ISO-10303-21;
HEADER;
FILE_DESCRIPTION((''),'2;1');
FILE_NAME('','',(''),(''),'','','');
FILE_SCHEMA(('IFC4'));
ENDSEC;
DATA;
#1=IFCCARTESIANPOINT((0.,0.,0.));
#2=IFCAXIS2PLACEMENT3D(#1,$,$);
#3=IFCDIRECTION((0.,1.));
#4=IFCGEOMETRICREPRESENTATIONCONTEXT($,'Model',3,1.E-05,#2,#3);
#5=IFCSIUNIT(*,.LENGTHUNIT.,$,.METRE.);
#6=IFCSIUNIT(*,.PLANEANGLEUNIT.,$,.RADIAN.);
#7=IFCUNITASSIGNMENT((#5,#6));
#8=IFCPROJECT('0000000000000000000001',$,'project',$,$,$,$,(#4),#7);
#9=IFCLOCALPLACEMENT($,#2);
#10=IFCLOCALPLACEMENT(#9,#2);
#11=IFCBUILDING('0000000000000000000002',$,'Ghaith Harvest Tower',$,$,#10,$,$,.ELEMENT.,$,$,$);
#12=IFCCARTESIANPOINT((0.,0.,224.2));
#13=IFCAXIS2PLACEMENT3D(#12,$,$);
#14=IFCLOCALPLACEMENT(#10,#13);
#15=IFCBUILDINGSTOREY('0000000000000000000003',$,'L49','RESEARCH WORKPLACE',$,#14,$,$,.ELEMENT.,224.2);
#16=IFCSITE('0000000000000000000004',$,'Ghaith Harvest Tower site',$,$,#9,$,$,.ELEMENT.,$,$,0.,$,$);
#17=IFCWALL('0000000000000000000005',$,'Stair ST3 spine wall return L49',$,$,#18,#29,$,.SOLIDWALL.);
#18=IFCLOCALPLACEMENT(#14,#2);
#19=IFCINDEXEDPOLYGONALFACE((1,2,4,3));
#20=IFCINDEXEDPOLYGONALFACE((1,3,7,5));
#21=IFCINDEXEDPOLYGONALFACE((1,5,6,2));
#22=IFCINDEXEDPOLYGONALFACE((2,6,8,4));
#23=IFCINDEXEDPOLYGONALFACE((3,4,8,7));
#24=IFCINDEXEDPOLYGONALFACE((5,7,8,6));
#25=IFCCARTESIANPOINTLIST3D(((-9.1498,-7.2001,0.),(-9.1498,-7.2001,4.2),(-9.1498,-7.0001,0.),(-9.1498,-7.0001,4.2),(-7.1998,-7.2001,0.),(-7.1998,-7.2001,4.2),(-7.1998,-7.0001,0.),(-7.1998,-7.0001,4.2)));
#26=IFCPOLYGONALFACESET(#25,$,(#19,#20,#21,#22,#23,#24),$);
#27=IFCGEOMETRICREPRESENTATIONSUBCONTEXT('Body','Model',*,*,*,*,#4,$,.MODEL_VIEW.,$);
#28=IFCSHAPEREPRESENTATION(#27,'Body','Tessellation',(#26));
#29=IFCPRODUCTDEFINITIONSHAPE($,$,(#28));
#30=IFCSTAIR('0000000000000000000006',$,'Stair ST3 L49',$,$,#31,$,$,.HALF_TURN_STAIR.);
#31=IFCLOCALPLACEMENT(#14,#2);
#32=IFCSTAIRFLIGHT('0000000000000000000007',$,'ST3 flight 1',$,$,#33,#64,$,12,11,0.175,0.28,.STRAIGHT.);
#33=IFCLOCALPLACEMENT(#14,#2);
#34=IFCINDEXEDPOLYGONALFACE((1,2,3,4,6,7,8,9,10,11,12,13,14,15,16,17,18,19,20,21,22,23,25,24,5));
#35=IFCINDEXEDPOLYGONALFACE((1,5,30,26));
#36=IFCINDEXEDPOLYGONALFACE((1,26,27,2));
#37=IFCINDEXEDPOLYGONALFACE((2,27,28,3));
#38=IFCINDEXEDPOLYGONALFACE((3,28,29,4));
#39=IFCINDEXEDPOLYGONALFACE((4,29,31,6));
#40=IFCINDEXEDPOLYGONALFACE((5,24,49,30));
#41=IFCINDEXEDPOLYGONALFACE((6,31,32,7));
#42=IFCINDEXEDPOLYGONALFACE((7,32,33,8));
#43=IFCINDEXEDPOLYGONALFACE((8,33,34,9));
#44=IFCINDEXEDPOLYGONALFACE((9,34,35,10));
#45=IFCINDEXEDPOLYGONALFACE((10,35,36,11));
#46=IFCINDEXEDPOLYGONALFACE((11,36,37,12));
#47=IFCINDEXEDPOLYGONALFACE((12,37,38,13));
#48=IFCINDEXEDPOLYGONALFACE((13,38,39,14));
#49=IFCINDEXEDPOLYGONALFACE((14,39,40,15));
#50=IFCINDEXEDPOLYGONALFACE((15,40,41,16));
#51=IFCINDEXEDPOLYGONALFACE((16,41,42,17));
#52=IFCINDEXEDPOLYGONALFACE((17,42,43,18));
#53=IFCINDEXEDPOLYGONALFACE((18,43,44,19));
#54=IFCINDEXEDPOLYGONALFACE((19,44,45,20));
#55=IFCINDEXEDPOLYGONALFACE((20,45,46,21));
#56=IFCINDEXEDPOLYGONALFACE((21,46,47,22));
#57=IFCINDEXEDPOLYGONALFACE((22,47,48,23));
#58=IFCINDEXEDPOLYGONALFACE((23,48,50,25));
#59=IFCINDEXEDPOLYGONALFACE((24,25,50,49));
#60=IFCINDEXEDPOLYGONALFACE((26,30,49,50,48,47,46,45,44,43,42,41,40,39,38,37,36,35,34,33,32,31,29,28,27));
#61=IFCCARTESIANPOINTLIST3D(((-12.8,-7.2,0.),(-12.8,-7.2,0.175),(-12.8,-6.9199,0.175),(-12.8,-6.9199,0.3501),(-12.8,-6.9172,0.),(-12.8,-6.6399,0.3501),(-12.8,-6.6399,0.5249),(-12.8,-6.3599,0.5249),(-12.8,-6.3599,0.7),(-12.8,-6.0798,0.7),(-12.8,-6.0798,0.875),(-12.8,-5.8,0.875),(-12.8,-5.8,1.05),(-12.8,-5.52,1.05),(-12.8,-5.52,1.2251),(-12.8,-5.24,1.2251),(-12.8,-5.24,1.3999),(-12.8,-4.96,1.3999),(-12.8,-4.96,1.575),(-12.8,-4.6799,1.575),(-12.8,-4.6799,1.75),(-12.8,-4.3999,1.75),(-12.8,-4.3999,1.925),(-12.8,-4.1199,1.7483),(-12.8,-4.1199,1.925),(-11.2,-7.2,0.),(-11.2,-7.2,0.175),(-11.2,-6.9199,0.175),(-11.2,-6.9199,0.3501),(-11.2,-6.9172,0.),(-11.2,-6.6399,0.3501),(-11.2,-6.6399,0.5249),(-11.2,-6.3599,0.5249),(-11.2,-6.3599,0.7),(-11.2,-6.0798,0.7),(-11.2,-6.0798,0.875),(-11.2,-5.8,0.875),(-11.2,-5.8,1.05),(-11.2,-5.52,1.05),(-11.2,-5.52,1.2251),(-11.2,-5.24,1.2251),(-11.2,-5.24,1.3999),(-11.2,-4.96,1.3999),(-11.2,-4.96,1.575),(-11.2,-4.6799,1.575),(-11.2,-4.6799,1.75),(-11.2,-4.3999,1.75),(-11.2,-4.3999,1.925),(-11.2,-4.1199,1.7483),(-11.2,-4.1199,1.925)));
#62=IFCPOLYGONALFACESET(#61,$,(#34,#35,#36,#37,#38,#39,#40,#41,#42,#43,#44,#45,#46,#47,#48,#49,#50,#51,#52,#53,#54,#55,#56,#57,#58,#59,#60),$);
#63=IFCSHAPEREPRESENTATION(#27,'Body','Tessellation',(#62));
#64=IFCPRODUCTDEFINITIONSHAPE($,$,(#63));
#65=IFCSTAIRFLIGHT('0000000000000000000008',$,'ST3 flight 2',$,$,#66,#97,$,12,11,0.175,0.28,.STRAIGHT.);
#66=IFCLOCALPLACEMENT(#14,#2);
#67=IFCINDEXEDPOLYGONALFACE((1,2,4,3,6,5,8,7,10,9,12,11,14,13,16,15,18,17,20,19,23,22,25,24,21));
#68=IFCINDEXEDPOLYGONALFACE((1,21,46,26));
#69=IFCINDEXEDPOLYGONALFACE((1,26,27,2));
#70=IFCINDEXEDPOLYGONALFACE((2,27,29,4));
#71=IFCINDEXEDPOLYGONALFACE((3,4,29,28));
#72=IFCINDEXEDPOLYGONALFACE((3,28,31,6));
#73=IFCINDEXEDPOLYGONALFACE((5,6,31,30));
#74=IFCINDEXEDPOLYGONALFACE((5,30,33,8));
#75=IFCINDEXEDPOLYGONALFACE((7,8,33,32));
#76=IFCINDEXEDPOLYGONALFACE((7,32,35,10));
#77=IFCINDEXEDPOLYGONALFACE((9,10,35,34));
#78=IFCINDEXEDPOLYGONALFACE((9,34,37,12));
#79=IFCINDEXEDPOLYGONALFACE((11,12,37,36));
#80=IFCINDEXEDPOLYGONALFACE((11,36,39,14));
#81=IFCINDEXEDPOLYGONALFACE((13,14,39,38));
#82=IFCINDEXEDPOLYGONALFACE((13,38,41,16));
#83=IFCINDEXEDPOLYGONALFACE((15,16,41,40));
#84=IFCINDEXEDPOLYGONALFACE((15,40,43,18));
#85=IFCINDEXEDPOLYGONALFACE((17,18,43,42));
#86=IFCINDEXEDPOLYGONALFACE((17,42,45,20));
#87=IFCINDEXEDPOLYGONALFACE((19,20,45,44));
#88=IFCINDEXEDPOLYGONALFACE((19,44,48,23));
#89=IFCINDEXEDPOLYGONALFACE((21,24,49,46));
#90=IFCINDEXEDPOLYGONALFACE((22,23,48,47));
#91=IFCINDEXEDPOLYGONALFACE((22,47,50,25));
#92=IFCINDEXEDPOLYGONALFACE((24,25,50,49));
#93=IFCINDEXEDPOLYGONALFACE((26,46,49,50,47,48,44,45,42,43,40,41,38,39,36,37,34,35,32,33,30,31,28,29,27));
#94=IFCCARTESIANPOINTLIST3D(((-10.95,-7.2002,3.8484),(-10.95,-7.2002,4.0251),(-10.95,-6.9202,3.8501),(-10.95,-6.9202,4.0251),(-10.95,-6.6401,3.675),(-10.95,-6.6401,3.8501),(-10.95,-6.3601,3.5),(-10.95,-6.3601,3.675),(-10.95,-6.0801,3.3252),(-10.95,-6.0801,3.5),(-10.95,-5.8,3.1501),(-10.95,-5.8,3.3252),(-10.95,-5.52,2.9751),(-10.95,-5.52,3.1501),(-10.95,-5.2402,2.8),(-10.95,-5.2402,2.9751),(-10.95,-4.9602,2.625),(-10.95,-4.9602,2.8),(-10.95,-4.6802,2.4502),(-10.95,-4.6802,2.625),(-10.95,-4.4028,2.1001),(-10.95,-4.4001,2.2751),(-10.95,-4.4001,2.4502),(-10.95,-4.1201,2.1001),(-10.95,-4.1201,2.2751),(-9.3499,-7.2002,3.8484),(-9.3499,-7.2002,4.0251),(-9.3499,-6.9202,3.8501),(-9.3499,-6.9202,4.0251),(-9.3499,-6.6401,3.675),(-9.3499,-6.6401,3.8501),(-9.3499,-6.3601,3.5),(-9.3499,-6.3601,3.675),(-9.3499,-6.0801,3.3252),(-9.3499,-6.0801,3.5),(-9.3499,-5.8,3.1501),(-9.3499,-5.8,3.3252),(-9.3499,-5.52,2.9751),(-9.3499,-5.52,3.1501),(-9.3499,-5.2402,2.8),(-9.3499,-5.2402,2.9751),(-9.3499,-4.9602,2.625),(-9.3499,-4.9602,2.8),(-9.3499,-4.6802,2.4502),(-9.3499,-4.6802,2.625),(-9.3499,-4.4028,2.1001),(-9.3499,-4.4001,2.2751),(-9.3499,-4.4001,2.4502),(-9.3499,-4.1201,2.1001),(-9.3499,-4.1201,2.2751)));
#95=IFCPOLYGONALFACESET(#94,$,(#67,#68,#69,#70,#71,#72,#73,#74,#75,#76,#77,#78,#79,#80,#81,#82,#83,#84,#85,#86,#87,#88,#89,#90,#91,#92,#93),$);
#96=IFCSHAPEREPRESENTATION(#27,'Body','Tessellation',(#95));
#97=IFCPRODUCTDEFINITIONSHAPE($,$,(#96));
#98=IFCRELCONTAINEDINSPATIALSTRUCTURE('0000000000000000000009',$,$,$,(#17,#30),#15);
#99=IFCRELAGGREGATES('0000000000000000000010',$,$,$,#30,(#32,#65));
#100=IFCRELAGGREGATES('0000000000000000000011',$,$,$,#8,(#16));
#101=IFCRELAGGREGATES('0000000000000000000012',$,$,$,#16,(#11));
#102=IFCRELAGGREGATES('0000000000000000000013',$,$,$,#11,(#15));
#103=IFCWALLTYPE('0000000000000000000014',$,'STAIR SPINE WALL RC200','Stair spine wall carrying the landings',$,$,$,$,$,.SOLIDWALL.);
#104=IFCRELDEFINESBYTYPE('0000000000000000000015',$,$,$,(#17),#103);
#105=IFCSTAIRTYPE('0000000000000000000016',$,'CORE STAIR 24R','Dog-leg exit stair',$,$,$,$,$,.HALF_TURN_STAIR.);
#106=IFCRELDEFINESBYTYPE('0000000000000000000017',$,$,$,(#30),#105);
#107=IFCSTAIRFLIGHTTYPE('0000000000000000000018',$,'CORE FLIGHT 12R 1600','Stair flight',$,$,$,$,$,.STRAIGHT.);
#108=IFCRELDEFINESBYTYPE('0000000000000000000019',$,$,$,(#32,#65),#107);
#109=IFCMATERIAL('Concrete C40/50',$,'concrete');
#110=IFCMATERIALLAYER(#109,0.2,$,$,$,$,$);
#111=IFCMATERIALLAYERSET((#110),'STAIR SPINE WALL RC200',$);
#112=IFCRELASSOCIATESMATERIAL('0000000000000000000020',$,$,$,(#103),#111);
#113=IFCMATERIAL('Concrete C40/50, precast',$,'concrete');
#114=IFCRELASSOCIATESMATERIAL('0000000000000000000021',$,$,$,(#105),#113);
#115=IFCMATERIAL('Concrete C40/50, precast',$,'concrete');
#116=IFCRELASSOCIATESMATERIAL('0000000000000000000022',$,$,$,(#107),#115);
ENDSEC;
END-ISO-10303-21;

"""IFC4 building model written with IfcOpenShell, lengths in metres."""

from ifc_helpers import new_model, si_unit, direction, frame, frame_2d, origin, place, context, subcontext, project, spatial, polyline, rectangle, outline, extrude, material, layer, layer_set, type_object, element, aggregate, save


model = new_model("IFC4")

# Units and contexts
model_context = context("Model", 3, precision=1e-05, world=origin(), true_north=direction((0.0, 1.0)))
body_context = subcontext(model_context, "Body", "Model", "MODEL_VIEW")
ifc_project = project(units=[si_unit("LENGTHUNIT", "METRE"), si_unit("PLANEANGLEUNIT", "RADIAN")], contexts=[model_context])

# Site, building, storey
site_placement = place(None, origin())
site = spatial("IfcSite", under=ifc_project, at=site_placement, Name="Ghaith Harvest Tower site", CompositionType="ELEMENT", RefElevation=0.0)
building_placement = place(site_placement, origin())
building = spatial("IfcBuilding", under=site, at=building_placement, Name="Ghaith Harvest Tower", CompositionType="ELEMENT")
storey_placement = place(building_placement, frame((0.0, 0.0, 224.2)))
storey = spatial("IfcBuildingStorey", under=building, at=storey_placement, Name="L49", Description="RESEARCH WORKPLACE", CompositionType="ELEMENT", Elevation=224.2)

# Wall
ifc_material_1 = material(Name="Concrete C40/50", Category="concrete")
ifc_layer_1 = layer(ifc_material_1, 0.2)
ifc_layer_set_1 = layer_set([ifc_layer_1], Name="STAIR SPINE WALL RC200")
wall_type_1 = type_object("IfcWallType", Name="STAIR SPINE WALL RC200", Description="Stair spine wall carrying the landings", PredefinedType="SOLIDWALL", material=ifc_layer_set_1)
wall_1_placement = place(storey_placement, frame((-9.1499, -7.1001, 0.0), z_axis=(0.0, 0.0, 1.0), x_axis=(1.0, 0.0, 0.0)))
element("IfcWall", 1, at=wall_1_placement, inside=storey, type_object=wall_type_1, Name="Stair ST3 spine wall return L49", PredefinedType="SOLIDWALL", context=body_context, shape_type="SweptSolid", body=[
    extrude(rectangle(XDim=1.95, YDim=0.2, at=frame_2d((0.9751, 0.0))), origin(), (0.0, 0.0, 1.0), 4.2),
])

# Stair, stair flights
ifc_material_2 = material(Name="Concrete C40/50, precast", Category="concrete")
stair_type = type_object("IfcStairType", Name="CORE STAIR 24R", Description="Dog-leg exit stair", PredefinedType="HALF_TURN_STAIR", material=ifc_material_2)
stair_placement = place(storey_placement, origin())
stair = element("IfcStair", 2, at=stair_placement, inside=storey, type_object=stair_type, Name="Stair ST3 L49", PredefinedType="HALF_TURN_STAIR")
ifc_material_3 = material(Name="Concrete C40/50, precast", Category="concrete")
stair_flight_type = type_object("IfcStairFlightType", Name="CORE FLIGHT 12R 1600", Description="Stair flight", PredefinedType="STRAIGHT", material=ifc_material_3)
stair_flight_1_placement = place(storey_placement, frame((-12.0, -7.2, 0.0), z_axis=(0.0, 0.0, 1.0), x_axis=(0.0, 1.0, 0.0)))
stair_flight_1 = element("IfcStairFlight", 3, at=stair_flight_1_placement, type_object=stair_flight_type, Name="ST3 flight 1", NumberOfRisers=12, NumberOfTreads=11, PredefinedType="STRAIGHT", RiserHeight=0.175, TreadLength=0.28, context=body_context, shape_type="SweptSolid", body=[
    extrude(outline(polyline([(0.0, 0.0), (0.0, 0.175), (0.28, 0.175), (0.28, 0.3501), (0.5601, 0.3501), (0.5601, 0.5249), (0.8401, 0.5249), (0.8401, 0.7), (1.1201, 0.7), (1.1201, 0.875), (1.3999, 0.875), (1.3999, 1.05), (1.6799, 1.05), (1.6799, 1.2251), (1.96, 1.2251), (1.96, 1.3999), (2.24, 1.3999), (2.24, 1.575), (2.52, 1.575), (2.52, 1.75), (2.8, 1.75), (2.8, 1.925), (3.0801, 1.925), (3.0801, 2.1001), (3.0801, 1.7483), (0.2827, 0.0), (0.0, 0.0)])), frame((0.0, 0.8, 0.0), z_axis=(0.0, -1.0, 0.0), x_axis=(1.0, 0.0, 0.0)), (0.0, 0.0, 1.0), 1.6001),
])
stair_flight_2_placement = place(storey_placement, frame((-10.1499, -4.1201, 2.1001), z_axis=(0.0, 0.0, 1.0), x_axis=(0.0, -1.0, 0.0)))
stair_flight_2 = element("IfcStairFlight", 4, at=stair_flight_2_placement, type_object=stair_flight_type, Name="ST3 flight 2", NumberOfRisers=12, NumberOfTreads=11, PredefinedType="STRAIGHT", RiserHeight=0.175, TreadLength=0.28, context=body_context, shape_type="SweptSolid", body=[
    extrude(outline(polyline([(0.0, 0.0), (0.0, 0.175), (0.28, 0.175), (0.28, 0.3501), (0.5601, 0.3501), (0.5601, 0.5249), (0.8401, 0.5249), (0.8401, 0.7), (1.1201, 0.7), (1.1201, 0.875), (1.3999, 0.875), (1.3999, 1.05), (1.6799, 1.05), (1.6799, 1.2251), (1.96, 1.2251), (1.96, 1.3999), (2.24, 1.3999), (2.24, 1.575), (2.52, 1.575), (2.52, 1.75), (2.8, 1.75), (2.8, 1.925), (3.0801, 1.925), (3.0801, 2.1001), (3.0801, 1.7483), (0.2827, 0.0), (0.0, 0.0)])), frame((0.0, 0.8, 0.0), z_axis=(0.0, -1.0, 0.0), x_axis=(1.0, 0.0, 0.0)), (0.0, 0.0, 1.0), 1.6001),
])
aggregate(stair, [stair_flight_1, stair_flight_2])

save(model, "model.ifc")
